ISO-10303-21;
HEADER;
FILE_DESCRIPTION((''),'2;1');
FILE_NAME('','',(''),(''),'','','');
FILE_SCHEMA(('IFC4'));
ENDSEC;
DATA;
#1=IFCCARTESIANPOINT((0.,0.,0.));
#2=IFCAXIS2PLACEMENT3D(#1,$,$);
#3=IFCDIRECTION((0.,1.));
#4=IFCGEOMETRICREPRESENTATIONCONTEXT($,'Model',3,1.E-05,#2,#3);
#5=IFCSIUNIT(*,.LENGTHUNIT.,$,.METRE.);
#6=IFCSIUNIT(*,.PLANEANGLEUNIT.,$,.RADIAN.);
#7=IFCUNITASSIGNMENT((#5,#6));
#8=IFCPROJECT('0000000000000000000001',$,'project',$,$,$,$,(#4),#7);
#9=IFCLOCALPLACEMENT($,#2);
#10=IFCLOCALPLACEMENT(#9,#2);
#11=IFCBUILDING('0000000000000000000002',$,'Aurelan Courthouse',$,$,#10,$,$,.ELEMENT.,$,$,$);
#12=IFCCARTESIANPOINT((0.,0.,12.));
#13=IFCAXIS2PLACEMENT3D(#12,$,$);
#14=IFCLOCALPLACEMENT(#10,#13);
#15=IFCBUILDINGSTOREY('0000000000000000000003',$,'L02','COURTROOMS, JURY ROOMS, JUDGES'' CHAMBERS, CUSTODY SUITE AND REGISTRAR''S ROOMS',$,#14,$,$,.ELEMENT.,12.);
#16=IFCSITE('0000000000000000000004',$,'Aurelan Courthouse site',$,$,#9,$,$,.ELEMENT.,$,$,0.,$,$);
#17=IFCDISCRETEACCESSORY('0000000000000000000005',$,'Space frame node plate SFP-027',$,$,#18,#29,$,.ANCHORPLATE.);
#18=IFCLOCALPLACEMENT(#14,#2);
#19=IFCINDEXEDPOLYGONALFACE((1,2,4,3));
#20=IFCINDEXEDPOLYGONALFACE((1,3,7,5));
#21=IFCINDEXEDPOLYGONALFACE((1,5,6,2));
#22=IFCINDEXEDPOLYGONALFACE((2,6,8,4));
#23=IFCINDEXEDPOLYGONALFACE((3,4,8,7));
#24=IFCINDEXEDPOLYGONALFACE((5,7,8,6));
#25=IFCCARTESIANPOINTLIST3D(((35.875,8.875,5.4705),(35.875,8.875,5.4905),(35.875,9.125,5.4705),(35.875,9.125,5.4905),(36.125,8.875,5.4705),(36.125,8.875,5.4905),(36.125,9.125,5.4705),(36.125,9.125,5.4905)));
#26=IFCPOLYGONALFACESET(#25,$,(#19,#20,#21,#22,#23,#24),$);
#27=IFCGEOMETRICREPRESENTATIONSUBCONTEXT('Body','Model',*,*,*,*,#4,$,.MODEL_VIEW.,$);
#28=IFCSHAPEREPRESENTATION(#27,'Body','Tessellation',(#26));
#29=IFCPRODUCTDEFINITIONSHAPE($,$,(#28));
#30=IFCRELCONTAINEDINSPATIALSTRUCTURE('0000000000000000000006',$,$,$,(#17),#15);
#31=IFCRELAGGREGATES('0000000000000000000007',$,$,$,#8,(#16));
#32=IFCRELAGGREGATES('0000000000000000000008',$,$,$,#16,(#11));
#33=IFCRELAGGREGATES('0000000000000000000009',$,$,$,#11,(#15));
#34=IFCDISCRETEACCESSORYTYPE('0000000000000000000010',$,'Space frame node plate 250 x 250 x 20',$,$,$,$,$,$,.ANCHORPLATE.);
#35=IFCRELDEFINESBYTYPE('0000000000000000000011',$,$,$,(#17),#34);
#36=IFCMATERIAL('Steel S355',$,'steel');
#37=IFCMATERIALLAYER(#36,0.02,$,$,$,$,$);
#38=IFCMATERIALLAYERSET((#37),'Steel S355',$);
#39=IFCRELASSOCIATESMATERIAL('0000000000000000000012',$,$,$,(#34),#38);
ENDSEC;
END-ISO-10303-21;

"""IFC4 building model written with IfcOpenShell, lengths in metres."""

from ifc_helpers import new_model, si_unit, direction, frame, origin, origin_2d, place, context, subcontext, project, spatial, rectangle, extrude, material, layer, layer_set, type_object, element, save


model = new_model("IFC4")

# Units and contexts
model_context = context("Model", 3, precision=1e-05, world=origin(), true_north=direction((0.0, 1.0)))
body_context = subcontext(model_context, "Body", "Model", "MODEL_VIEW")
ifc_project = project(units=[si_unit("LENGTHUNIT", "METRE"), si_unit("PLANEANGLEUNIT", "RADIAN")], contexts=[model_context])

# Site, building, storey
site_placement = place(None, origin())
site = spatial("IfcSite", under=ifc_project, at=site_placement, Name="Aurelan Courthouse site", CompositionType="ELEMENT", RefElevation=0.0)
building_placement = place(site_placement, origin())
building = spatial("IfcBuilding", under=site, at=building_placement, Name="Aurelan Courthouse", CompositionType="ELEMENT")
storey_placement = place(building_placement, frame((0.0, 0.0, 12.0)))
storey = spatial("IfcBuildingStorey", under=building, at=storey_placement, Name="L02", Description="COURTROOMS, JURY ROOMS, JUDGES' CHAMBERS, CUSTODY SUITE AND REGISTRAR'S ROOMS", CompositionType="ELEMENT", Elevation=12.0)

# Shared definitions
ifc_material_1 = material(Name="Steel S355", Category="steel")

# Discrete accessory
ifc_layer_1 = layer(ifc_material_1, 0.02)
ifc_layer_set_1 = layer_set([ifc_layer_1], Name="Steel S355")
discrete_accessory_type_1 = type_object("IfcDiscreteAccessoryType", Name="Space frame node plate 250 x 250 x 20", PredefinedType="ANCHORPLATE", material=ifc_layer_set_1)
for number, where, z_axis, x_axis, name in (
    (1, (36.0, 9.0, 5.4705), (0.0, 0.0, 1.0), (1.0, 0.0, 0.0), "Space frame node plate SFP-027"),
):
    element("IfcDiscreteAccessory", number, at=place(storey_placement, frame(where, z_axis=z_axis, x_axis=x_axis)), inside=storey, type_object=discrete_accessory_type_1, Name=name, PredefinedType="ANCHORPLATE", context=body_context, shape_type="SweptSolid", body=[
        extrude(rectangle(XDim=0.25, YDim=0.25, at=origin_2d()), origin(), (0.0, 0.0, 1.0), 0.02),
    ])

save(model, "model.ifc")
